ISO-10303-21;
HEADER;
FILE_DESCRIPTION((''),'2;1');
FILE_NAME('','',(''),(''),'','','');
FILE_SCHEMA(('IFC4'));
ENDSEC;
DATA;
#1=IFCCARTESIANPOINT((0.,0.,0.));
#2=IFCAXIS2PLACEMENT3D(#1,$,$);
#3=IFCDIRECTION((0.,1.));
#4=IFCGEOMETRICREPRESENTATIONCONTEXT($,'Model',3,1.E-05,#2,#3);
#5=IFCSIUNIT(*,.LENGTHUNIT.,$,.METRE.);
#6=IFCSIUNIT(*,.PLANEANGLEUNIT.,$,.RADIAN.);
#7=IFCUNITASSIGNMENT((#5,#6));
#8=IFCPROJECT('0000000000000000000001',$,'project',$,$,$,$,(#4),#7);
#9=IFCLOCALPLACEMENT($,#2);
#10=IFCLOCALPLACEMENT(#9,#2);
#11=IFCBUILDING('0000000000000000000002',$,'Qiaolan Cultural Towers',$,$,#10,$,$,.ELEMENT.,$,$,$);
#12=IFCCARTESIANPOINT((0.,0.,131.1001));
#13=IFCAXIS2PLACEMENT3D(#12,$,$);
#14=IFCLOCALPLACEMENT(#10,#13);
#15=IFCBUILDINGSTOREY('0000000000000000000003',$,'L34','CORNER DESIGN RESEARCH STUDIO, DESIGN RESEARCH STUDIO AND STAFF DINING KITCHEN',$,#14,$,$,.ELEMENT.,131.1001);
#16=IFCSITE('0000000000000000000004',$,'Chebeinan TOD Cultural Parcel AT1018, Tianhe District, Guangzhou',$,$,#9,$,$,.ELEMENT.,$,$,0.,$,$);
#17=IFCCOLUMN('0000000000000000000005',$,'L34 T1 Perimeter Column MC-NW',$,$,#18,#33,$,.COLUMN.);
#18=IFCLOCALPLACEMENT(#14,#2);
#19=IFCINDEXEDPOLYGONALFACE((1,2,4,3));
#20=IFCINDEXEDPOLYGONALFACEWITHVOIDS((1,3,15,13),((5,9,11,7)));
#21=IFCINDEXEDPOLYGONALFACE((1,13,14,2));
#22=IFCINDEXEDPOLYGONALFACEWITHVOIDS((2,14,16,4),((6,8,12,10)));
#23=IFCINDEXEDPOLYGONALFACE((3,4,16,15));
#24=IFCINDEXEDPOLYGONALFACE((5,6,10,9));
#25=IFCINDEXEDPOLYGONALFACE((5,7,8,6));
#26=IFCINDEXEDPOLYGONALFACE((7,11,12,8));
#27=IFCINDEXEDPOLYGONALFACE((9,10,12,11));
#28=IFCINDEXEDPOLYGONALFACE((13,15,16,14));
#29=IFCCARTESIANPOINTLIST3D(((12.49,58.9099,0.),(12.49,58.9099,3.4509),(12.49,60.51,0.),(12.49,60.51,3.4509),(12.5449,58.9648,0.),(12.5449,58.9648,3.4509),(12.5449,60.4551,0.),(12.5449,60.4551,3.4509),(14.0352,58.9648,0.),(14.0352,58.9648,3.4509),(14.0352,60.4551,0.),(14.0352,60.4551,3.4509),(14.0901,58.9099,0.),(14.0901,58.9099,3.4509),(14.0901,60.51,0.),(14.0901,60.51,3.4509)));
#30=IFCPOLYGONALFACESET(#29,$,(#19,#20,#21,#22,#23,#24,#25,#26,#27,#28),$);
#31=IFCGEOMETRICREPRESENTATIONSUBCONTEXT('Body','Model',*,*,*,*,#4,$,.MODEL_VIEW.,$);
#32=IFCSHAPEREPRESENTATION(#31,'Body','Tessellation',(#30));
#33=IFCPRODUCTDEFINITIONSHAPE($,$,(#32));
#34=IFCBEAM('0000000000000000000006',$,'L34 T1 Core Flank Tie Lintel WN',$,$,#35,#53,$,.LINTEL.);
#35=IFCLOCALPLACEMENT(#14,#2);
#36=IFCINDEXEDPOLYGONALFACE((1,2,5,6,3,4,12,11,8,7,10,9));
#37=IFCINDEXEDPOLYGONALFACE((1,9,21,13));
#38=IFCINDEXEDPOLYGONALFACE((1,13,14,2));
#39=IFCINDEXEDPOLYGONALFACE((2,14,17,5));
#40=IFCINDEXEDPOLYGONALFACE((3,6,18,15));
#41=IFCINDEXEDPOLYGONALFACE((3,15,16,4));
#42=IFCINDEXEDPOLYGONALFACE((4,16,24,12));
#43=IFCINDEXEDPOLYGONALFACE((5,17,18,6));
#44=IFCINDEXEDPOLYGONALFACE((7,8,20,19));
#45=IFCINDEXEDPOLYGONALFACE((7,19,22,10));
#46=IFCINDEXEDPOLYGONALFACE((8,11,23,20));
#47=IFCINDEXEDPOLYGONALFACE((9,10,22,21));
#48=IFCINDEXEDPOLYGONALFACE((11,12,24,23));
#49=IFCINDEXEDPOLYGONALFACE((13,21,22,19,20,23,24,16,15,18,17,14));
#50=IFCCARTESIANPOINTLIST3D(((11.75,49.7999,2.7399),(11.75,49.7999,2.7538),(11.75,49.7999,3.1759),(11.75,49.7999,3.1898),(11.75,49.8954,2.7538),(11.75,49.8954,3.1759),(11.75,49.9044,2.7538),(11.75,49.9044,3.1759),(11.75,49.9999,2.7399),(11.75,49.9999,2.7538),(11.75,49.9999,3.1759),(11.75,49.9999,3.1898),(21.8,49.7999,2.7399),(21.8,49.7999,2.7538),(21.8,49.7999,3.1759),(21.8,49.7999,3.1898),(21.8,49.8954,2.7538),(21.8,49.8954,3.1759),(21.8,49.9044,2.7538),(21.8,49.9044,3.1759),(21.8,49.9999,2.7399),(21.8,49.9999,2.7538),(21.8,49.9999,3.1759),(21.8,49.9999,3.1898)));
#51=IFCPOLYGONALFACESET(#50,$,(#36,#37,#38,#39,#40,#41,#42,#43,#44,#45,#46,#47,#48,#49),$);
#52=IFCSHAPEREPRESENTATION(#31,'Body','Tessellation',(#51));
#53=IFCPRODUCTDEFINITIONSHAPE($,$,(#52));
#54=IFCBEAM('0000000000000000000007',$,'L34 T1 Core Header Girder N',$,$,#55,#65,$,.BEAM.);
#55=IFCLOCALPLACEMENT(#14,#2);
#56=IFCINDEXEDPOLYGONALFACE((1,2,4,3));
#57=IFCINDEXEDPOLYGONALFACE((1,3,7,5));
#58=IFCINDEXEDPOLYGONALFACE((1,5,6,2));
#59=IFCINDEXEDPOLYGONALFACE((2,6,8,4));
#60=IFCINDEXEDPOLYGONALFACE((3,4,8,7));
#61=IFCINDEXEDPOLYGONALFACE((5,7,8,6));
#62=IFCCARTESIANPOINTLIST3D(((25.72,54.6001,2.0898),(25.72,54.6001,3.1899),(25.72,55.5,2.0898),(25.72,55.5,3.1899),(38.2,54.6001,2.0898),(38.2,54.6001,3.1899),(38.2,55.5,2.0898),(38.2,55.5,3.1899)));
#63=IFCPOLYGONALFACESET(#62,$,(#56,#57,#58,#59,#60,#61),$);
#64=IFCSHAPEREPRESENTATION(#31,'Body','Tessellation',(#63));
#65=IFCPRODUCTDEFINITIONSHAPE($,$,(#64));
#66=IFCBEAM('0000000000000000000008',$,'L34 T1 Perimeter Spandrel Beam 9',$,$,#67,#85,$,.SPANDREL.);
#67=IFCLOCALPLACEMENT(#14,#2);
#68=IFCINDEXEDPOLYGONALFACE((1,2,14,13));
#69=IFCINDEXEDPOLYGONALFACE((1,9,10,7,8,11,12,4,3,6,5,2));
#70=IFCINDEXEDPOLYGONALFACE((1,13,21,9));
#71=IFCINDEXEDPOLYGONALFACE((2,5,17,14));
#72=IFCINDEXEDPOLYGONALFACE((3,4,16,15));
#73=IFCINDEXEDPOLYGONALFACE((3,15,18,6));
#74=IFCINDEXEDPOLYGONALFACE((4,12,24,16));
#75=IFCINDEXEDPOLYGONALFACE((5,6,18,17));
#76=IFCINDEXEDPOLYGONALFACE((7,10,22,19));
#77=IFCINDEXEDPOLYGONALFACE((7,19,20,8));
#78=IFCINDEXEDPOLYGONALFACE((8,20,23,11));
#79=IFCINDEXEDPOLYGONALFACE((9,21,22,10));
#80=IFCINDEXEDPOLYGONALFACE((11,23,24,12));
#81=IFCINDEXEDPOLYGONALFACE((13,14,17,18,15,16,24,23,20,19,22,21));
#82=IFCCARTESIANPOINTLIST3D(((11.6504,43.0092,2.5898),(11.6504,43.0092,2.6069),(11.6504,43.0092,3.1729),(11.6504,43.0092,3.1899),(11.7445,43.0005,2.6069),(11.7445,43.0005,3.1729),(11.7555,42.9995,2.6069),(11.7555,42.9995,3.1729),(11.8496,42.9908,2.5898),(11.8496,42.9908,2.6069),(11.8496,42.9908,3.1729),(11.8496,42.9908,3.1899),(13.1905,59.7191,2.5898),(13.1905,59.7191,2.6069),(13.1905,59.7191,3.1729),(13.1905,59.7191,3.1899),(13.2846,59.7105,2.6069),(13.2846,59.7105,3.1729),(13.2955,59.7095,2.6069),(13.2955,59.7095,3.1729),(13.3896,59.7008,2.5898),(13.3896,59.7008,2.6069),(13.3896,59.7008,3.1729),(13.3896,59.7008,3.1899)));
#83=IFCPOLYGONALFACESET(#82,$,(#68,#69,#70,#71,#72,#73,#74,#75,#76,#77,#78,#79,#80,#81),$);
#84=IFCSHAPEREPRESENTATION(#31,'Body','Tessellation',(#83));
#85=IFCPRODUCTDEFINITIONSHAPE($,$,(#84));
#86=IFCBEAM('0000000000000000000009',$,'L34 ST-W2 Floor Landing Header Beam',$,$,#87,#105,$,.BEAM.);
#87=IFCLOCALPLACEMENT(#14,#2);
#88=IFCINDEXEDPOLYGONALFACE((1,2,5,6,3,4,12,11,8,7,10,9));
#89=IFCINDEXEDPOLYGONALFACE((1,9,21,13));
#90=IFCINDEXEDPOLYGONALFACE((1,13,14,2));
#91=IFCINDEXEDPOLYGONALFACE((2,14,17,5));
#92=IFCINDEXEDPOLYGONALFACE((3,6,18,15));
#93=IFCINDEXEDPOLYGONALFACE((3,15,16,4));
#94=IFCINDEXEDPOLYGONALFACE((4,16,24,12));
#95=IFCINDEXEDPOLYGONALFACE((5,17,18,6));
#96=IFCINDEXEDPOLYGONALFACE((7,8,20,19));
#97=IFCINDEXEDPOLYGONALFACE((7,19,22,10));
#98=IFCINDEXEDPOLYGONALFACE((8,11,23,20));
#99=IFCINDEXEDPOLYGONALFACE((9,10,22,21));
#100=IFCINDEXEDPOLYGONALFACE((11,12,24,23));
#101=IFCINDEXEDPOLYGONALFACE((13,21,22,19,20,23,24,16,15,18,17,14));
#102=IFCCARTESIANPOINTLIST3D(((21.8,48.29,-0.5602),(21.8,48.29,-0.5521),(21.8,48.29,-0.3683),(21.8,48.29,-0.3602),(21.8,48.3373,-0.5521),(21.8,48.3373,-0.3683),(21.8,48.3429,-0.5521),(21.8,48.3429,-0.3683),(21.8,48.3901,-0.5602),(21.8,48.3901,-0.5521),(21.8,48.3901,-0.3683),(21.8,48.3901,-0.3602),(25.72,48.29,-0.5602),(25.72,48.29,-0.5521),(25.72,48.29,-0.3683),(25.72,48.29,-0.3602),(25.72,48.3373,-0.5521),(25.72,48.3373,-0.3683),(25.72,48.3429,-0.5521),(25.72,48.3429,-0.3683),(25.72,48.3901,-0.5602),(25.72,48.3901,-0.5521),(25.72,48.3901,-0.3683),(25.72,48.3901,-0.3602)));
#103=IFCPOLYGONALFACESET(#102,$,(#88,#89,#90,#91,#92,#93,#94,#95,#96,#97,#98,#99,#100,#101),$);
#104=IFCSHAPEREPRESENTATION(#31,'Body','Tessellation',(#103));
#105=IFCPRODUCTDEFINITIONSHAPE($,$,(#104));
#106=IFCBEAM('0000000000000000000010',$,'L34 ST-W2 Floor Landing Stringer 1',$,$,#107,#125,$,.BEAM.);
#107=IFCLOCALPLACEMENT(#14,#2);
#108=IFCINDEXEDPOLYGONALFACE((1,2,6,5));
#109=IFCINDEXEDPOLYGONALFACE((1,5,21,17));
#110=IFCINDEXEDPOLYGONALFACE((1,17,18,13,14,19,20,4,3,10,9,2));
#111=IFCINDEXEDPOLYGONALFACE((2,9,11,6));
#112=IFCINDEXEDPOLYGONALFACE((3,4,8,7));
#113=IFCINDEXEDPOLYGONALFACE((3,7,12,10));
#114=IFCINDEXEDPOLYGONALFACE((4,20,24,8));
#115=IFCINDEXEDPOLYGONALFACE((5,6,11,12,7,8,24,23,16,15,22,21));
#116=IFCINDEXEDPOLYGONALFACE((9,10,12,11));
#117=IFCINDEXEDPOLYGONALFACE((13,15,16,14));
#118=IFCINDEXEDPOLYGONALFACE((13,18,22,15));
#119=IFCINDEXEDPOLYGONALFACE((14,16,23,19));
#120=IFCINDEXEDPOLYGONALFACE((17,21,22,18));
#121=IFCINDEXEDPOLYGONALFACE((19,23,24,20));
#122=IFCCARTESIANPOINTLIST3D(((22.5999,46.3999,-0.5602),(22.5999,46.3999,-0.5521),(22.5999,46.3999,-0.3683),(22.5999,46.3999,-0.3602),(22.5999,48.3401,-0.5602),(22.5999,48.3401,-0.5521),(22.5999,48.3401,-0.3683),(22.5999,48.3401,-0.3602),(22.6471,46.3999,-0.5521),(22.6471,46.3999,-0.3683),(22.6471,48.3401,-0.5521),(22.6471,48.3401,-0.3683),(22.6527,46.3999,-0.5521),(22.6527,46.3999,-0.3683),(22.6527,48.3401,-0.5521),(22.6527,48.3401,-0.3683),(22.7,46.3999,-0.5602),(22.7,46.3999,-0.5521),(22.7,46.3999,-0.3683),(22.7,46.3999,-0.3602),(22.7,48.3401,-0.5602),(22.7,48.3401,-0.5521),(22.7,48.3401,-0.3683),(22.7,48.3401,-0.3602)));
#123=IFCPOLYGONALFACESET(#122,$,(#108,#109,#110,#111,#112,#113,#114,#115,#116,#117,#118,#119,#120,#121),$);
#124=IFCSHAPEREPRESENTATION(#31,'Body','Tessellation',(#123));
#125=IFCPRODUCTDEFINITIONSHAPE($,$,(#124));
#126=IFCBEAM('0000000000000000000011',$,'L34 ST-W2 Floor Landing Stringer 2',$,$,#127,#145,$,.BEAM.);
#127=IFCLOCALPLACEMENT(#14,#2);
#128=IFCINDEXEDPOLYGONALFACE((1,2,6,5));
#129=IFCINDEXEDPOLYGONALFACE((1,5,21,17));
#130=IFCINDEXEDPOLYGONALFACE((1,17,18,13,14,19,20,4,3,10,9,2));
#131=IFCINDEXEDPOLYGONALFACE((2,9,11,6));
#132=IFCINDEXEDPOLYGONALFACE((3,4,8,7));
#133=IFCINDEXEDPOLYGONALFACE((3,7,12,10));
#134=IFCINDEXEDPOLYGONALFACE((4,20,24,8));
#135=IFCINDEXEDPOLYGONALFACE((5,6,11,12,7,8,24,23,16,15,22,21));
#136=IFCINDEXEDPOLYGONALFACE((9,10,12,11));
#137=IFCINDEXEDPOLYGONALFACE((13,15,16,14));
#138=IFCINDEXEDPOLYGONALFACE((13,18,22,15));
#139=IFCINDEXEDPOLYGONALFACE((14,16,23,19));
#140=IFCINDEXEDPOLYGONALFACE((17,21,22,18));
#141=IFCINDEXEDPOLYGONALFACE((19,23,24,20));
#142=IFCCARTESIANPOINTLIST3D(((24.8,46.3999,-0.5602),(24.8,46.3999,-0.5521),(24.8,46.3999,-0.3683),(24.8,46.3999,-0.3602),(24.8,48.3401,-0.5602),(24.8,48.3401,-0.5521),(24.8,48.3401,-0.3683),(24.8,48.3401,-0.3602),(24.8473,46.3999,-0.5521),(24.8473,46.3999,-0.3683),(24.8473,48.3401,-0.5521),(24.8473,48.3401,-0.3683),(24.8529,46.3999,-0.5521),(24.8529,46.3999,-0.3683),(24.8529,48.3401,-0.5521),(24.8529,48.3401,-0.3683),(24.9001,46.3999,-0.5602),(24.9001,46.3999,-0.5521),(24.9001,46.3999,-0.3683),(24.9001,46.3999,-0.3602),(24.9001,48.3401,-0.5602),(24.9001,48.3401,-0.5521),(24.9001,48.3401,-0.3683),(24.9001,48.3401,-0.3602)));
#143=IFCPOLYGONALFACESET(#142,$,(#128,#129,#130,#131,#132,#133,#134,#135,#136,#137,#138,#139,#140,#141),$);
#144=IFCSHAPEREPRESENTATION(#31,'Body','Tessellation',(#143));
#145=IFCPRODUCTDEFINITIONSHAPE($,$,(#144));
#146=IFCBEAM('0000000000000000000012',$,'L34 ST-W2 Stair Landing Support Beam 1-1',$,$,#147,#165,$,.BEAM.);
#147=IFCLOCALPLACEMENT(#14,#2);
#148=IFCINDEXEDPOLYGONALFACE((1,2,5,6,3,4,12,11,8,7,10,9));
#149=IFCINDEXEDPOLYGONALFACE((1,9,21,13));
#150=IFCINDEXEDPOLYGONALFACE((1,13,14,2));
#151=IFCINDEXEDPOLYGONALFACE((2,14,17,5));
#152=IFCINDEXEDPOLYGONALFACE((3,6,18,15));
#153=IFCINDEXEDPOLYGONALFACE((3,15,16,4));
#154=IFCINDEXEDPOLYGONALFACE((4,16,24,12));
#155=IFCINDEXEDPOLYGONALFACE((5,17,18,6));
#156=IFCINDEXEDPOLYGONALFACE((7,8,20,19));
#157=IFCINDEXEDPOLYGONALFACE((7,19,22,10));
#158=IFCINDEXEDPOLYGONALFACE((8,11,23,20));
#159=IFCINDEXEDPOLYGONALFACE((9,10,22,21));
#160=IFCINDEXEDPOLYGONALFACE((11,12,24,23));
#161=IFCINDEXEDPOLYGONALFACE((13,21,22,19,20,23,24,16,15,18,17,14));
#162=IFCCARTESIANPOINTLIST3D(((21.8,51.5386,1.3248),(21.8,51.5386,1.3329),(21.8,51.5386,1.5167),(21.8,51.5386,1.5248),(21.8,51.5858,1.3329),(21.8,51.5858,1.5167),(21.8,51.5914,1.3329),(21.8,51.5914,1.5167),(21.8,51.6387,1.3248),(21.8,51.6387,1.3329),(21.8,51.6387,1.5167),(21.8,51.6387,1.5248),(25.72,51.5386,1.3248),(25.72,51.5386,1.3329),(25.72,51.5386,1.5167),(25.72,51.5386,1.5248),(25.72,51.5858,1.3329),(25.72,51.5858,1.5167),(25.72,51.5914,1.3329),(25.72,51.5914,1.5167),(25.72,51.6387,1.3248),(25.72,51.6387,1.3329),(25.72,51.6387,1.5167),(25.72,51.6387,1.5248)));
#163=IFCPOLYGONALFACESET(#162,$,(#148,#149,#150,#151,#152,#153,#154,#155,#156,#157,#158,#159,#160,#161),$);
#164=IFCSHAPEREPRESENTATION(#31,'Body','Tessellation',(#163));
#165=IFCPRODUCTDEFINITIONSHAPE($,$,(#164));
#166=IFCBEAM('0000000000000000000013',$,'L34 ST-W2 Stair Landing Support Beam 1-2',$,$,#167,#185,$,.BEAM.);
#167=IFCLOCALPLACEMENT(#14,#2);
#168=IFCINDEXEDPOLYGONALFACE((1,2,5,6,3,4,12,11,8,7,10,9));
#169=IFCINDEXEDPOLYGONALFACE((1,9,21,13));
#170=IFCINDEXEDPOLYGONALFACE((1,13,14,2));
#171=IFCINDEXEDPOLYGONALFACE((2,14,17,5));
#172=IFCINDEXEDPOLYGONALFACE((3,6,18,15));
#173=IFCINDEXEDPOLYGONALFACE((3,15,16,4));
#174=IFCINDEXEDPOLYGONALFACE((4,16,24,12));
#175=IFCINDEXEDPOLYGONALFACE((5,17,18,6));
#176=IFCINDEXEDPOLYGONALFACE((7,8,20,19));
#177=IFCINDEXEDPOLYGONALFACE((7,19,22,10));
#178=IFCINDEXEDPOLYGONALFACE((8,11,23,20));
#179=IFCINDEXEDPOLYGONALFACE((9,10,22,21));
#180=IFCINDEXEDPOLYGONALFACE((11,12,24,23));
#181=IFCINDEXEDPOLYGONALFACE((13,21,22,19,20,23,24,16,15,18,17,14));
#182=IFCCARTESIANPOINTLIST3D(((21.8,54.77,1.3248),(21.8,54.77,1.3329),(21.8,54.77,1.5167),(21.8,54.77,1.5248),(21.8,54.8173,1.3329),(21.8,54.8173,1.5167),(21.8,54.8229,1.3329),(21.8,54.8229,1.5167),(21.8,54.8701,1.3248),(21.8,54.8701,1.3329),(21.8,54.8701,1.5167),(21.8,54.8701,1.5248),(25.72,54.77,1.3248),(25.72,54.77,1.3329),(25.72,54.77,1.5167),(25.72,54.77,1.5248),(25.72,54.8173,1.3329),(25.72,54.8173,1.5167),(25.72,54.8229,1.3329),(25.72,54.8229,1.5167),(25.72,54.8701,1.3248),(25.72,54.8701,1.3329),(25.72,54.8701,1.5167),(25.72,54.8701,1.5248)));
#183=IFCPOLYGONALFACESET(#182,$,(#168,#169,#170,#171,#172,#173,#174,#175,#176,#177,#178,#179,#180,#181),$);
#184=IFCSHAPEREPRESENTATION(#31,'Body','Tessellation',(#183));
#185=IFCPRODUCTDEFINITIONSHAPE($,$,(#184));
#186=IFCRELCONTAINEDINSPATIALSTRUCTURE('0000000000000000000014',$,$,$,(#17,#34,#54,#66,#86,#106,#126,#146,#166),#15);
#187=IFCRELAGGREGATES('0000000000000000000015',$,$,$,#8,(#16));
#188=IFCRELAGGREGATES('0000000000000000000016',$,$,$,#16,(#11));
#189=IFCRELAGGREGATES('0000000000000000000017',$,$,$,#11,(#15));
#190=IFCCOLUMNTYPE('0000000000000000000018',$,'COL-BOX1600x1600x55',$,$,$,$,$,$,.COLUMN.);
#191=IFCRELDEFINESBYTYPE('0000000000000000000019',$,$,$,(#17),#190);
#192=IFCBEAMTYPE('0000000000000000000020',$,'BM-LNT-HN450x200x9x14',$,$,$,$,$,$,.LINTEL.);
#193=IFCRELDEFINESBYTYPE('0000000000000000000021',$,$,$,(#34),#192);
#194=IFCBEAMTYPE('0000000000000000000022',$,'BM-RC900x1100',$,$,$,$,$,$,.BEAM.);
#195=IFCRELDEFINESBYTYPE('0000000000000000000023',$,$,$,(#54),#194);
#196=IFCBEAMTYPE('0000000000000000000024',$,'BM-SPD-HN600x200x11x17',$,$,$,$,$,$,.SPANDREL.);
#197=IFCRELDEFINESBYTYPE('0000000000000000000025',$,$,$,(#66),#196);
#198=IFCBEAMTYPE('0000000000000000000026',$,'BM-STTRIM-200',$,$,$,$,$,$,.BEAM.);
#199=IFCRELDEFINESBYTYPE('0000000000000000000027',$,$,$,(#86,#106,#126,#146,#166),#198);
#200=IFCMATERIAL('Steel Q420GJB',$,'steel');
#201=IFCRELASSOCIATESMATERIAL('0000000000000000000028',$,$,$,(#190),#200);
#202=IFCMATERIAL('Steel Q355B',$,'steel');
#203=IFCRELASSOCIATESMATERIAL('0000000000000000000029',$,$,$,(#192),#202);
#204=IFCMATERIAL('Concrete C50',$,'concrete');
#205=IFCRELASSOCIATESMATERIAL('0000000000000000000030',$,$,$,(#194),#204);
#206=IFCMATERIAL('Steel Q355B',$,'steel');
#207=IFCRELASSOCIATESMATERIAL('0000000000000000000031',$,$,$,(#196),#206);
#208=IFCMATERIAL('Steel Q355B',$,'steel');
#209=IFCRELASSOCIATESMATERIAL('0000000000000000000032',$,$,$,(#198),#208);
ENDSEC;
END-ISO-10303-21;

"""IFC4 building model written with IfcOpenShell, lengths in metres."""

from ifc_helpers import new_model, si_unit, direction, frame, origin, origin_2d, place, context, subcontext, project, spatial, rectangle, hollow_rectangle, i_section, extrude, material, material_profile, profile_set, type_object, element, save


model = new_model("IFC4")

# Units and contexts
model_context = context("Model", 3, precision=1e-05, world=origin(), true_north=direction((0.0, 1.0)))
body_context = subcontext(model_context, "Body", "Model", "MODEL_VIEW")
ifc_project = project(units=[si_unit("LENGTHUNIT", "METRE"), si_unit("PLANEANGLEUNIT", "RADIAN")], contexts=[model_context])

# Site, building, storey
site_placement = place(None, origin())
site = spatial("IfcSite", under=ifc_project, at=site_placement, Name="Chebeinan TOD Cultural Parcel AT1018, Tianhe District, Guangzhou", CompositionType="ELEMENT", RefElevation=0.0)
building_placement = place(site_placement, origin())
building = spatial("IfcBuilding", under=site, at=building_placement, Name="Qiaolan Cultural Towers", CompositionType="ELEMENT")
storey_placement = place(building_placement, frame((0.0, 0.0, 131.1001)))
storey = spatial("IfcBuildingStorey", under=building, at=storey_placement, Name="L34", Description="CORNER DESIGN RESEARCH STUDIO, DESIGN RESEARCH STUDIO AND STAFF DINING KITCHEN", CompositionType="ELEMENT", Elevation=131.1001)

# Column
ifc_material_1 = material(Name="Steel Q420GJB", Category="steel")
ifc_material_profile_1 = material_profile(ifc_material_1, hollow_rectangle(XDim=1.6001, YDim=1.6001, WallThickness=0.0549, at=origin_2d()), Name="BOX1600x1600x55")
ifc_profile_set_1 = profile_set([ifc_material_profile_1], Name="Steel Q420GJB")
column_type = type_object("IfcColumnType", Name="COL-BOX1600x1600x55", PredefinedType="COLUMN", material=ifc_profile_set_1)
column_placement = place(storey_placement, frame((13.29, 59.71, 0.0), z_axis=(0.0, 0.0, 1.0), x_axis=(1.0, 0.0, 0.0)))
element("IfcColumn", 1, at=column_placement, inside=storey, type_object=column_type, Name="L34 T1 Perimeter Column MC-NW", PredefinedType="COLUMN", context=body_context, shape_type="SweptSolid", body=[
    extrude(hollow_rectangle(XDim=1.6001, YDim=1.6001, WallThickness=0.0549, at=origin_2d()), origin(), (0.0, 0.0, 1.0), 3.4509),
])

# Beams
ifc_material_2 = material(Name="Steel Q355B", Category="steel")
ifc_material_profile_2 = material_profile(ifc_material_2, i_section(OverallWidth=0.2, OverallDepth=0.45, WebThickness=0.009, FlangeThickness=0.0139, at=origin_2d()), Name="HN450x200x9x14")
ifc_profile_set_2 = profile_set([ifc_material_profile_2], Name="Steel Q355B")
beam_type_1 = type_object("IfcBeamType", Name="BM-LNT-HN450x200x9x14", PredefinedType="LINTEL", material=ifc_profile_set_2)
beam_1_placement = place(storey_placement, frame((21.8, 49.8999, 2.9648), z_axis=(-1.0, 0.0, 0.0), x_axis=(0.0, -1.0, 0.0)))
element("IfcBeam", 2, at=beam_1_placement, inside=storey, type_object=beam_type_1, Name="L34 T1 Core Flank Tie Lintel WN", PredefinedType="LINTEL", context=body_context, shape_type="SweptSolid", body=[
    extrude(i_section(OverallWidth=0.2, OverallDepth=0.45, WebThickness=0.009, FlangeThickness=0.0139, at=origin_2d()), origin(), (0.0, 0.0, 1.0), 10.05),
])
ifc_material_3 = material(Name="Concrete C50", Category="concrete")
ifc_material_profile_3 = material_profile(ifc_material_3, rectangle(XDim=0.8999, YDim=1.1001, at=origin_2d()), Name="RC900x1100")
ifc_profile_set_3 = profile_set([ifc_material_profile_3], Name="Concrete C50")
beam_type_2 = type_object("IfcBeamType", Name="BM-RC900x1100", PredefinedType="BEAM", material=ifc_profile_set_3)
beam_2_placement = place(storey_placement, frame((25.72, 55.05, 2.6399), z_axis=(1.0, 0.0, 0.0), x_axis=(0.0, 1.0, 0.0)))
element("IfcBeam", 3, at=beam_2_placement, inside=storey, type_object=beam_type_2, Name="L34 T1 Core Header Girder N", PredefinedType="BEAM", context=body_context, shape_type="SweptSolid", body=[
    extrude(rectangle(XDim=0.8999, YDim=1.1001, at=origin_2d()), origin(), (0.0, 0.0, 1.0), 12.48),
])
ifc_material_4 = material(Name="Steel Q355B", Category="steel")
ifc_material_profile_4 = material_profile(ifc_material_4, i_section(OverallWidth=0.2, OverallDepth=0.6001, WebThickness=0.011, FlangeThickness=0.0171, at=origin_2d()), Name="HN600x200x11x17")
ifc_profile_set_4 = profile_set([ifc_material_profile_4], Name="Steel Q355B")
beam_type_3 = type_object("IfcBeamType", Name="BM-SPD-HN600x200x11x17", PredefinedType="SPANDREL", material=ifc_profile_set_4)
beam_3_placement = place(storey_placement, frame((13.29, 59.71, 2.8899), z_axis=(-0.091774, -0.99578, 0.0), x_axis=(0.99578, -0.091774, 0.0)))
element("IfcBeam", 4, at=beam_3_placement, inside=storey, type_object=beam_type_3, Name="L34 T1 Perimeter Spandrel Beam 9", PredefinedType="SPANDREL", context=body_context, shape_type="SweptSolid", body=[
    extrude(i_section(OverallWidth=0.2, OverallDepth=0.6001, WebThickness=0.011, FlangeThickness=0.0171, at=origin_2d()), origin(), (0.0, 0.0, 1.0), 16.7808),
])
ifc_material_5 = material(Name="Steel Q355B", Category="steel")
ifc_material_profile_5 = material_profile(ifc_material_5, i_section(OverallWidth=0.1001, OverallDepth=0.2, WebThickness=0.0056, FlangeThickness=0.0081, at=origin_2d()), Name="HN200x100x5.5x8")
ifc_profile_set_5 = profile_set([ifc_material_profile_5], Name="Steel Q355B")
beam_type_4 = type_object("IfcBeamType", Name="BM-STTRIM-200", PredefinedType="BEAM", material=ifc_profile_set_5)
beam_4_placement = place(storey_placement, frame((21.8, 48.3401, -0.4602), z_axis=(1.0, 0.0, 0.0), x_axis=(0.0, 1.0, 0.0)))
element("IfcBeam", 5, at=beam_4_placement, inside=storey, type_object=beam_type_4, Name="L34 ST-W2 Floor Landing Header Beam", PredefinedType="BEAM", context=body_context, shape_type="SweptSolid", body=[
    extrude(i_section(OverallWidth=0.1001, OverallDepth=0.2, WebThickness=0.0056, FlangeThickness=0.0081, at=origin_2d()), origin(), (0.0, 0.0, 1.0), 3.9199),
])
for number, where, z_axis, x_axis, name in (
    (6, (22.6499, 46.3999, -0.4602), (0.0, 1.0, 0.0), (-1.0, 0.0, 0.0), "L34 ST-W2 Floor Landing Stringer 1"),
    (7, (24.8501, 46.3999, -0.4602), (0.0, 1.0, 0.0), (-1.0, 0.0, 0.0), "L34 ST-W2 Floor Landing Stringer 2"),
):
    element("IfcBeam", number, at=place(storey_placement, frame(where, z_axis=z_axis, x_axis=x_axis)), inside=storey, type_object=beam_type_4, Name=name, PredefinedType="BEAM", context=body_context, shape_type="SweptSolid", body=[
        extrude(i_section(OverallWidth=0.1001, OverallDepth=0.2, WebThickness=0.0056, FlangeThickness=0.0081, at=origin_2d()), origin(), (0.0, 0.0, 1.0), 1.9402),
    ])
for number, where, z_axis, x_axis, name in (
    (8, (21.8, 51.5886, 1.4248), (1.0, 0.0, 0.0), (0.0, 1.0, 0.0), "L34 ST-W2 Stair Landing Support Beam 1-1"),
    (9, (21.8, 54.8201, 1.4248), (1.0, 0.0, 0.0), (0.0, 1.0, 0.0), "L34 ST-W2 Stair Landing Support Beam 1-2"),
):
    element("IfcBeam", number, at=place(storey_placement, frame(where, z_axis=z_axis, x_axis=x_axis)), inside=storey, type_object=beam_type_4, Name=name, PredefinedType="BEAM", context=body_context, shape_type="SweptSolid", body=[
        extrude(i_section(OverallWidth=0.1001, OverallDepth=0.2, WebThickness=0.0056, FlangeThickness=0.0081, at=origin_2d()), origin(), (0.0, 0.0, 1.0), 3.9199),
    ])

save(model, "model.ifc")
